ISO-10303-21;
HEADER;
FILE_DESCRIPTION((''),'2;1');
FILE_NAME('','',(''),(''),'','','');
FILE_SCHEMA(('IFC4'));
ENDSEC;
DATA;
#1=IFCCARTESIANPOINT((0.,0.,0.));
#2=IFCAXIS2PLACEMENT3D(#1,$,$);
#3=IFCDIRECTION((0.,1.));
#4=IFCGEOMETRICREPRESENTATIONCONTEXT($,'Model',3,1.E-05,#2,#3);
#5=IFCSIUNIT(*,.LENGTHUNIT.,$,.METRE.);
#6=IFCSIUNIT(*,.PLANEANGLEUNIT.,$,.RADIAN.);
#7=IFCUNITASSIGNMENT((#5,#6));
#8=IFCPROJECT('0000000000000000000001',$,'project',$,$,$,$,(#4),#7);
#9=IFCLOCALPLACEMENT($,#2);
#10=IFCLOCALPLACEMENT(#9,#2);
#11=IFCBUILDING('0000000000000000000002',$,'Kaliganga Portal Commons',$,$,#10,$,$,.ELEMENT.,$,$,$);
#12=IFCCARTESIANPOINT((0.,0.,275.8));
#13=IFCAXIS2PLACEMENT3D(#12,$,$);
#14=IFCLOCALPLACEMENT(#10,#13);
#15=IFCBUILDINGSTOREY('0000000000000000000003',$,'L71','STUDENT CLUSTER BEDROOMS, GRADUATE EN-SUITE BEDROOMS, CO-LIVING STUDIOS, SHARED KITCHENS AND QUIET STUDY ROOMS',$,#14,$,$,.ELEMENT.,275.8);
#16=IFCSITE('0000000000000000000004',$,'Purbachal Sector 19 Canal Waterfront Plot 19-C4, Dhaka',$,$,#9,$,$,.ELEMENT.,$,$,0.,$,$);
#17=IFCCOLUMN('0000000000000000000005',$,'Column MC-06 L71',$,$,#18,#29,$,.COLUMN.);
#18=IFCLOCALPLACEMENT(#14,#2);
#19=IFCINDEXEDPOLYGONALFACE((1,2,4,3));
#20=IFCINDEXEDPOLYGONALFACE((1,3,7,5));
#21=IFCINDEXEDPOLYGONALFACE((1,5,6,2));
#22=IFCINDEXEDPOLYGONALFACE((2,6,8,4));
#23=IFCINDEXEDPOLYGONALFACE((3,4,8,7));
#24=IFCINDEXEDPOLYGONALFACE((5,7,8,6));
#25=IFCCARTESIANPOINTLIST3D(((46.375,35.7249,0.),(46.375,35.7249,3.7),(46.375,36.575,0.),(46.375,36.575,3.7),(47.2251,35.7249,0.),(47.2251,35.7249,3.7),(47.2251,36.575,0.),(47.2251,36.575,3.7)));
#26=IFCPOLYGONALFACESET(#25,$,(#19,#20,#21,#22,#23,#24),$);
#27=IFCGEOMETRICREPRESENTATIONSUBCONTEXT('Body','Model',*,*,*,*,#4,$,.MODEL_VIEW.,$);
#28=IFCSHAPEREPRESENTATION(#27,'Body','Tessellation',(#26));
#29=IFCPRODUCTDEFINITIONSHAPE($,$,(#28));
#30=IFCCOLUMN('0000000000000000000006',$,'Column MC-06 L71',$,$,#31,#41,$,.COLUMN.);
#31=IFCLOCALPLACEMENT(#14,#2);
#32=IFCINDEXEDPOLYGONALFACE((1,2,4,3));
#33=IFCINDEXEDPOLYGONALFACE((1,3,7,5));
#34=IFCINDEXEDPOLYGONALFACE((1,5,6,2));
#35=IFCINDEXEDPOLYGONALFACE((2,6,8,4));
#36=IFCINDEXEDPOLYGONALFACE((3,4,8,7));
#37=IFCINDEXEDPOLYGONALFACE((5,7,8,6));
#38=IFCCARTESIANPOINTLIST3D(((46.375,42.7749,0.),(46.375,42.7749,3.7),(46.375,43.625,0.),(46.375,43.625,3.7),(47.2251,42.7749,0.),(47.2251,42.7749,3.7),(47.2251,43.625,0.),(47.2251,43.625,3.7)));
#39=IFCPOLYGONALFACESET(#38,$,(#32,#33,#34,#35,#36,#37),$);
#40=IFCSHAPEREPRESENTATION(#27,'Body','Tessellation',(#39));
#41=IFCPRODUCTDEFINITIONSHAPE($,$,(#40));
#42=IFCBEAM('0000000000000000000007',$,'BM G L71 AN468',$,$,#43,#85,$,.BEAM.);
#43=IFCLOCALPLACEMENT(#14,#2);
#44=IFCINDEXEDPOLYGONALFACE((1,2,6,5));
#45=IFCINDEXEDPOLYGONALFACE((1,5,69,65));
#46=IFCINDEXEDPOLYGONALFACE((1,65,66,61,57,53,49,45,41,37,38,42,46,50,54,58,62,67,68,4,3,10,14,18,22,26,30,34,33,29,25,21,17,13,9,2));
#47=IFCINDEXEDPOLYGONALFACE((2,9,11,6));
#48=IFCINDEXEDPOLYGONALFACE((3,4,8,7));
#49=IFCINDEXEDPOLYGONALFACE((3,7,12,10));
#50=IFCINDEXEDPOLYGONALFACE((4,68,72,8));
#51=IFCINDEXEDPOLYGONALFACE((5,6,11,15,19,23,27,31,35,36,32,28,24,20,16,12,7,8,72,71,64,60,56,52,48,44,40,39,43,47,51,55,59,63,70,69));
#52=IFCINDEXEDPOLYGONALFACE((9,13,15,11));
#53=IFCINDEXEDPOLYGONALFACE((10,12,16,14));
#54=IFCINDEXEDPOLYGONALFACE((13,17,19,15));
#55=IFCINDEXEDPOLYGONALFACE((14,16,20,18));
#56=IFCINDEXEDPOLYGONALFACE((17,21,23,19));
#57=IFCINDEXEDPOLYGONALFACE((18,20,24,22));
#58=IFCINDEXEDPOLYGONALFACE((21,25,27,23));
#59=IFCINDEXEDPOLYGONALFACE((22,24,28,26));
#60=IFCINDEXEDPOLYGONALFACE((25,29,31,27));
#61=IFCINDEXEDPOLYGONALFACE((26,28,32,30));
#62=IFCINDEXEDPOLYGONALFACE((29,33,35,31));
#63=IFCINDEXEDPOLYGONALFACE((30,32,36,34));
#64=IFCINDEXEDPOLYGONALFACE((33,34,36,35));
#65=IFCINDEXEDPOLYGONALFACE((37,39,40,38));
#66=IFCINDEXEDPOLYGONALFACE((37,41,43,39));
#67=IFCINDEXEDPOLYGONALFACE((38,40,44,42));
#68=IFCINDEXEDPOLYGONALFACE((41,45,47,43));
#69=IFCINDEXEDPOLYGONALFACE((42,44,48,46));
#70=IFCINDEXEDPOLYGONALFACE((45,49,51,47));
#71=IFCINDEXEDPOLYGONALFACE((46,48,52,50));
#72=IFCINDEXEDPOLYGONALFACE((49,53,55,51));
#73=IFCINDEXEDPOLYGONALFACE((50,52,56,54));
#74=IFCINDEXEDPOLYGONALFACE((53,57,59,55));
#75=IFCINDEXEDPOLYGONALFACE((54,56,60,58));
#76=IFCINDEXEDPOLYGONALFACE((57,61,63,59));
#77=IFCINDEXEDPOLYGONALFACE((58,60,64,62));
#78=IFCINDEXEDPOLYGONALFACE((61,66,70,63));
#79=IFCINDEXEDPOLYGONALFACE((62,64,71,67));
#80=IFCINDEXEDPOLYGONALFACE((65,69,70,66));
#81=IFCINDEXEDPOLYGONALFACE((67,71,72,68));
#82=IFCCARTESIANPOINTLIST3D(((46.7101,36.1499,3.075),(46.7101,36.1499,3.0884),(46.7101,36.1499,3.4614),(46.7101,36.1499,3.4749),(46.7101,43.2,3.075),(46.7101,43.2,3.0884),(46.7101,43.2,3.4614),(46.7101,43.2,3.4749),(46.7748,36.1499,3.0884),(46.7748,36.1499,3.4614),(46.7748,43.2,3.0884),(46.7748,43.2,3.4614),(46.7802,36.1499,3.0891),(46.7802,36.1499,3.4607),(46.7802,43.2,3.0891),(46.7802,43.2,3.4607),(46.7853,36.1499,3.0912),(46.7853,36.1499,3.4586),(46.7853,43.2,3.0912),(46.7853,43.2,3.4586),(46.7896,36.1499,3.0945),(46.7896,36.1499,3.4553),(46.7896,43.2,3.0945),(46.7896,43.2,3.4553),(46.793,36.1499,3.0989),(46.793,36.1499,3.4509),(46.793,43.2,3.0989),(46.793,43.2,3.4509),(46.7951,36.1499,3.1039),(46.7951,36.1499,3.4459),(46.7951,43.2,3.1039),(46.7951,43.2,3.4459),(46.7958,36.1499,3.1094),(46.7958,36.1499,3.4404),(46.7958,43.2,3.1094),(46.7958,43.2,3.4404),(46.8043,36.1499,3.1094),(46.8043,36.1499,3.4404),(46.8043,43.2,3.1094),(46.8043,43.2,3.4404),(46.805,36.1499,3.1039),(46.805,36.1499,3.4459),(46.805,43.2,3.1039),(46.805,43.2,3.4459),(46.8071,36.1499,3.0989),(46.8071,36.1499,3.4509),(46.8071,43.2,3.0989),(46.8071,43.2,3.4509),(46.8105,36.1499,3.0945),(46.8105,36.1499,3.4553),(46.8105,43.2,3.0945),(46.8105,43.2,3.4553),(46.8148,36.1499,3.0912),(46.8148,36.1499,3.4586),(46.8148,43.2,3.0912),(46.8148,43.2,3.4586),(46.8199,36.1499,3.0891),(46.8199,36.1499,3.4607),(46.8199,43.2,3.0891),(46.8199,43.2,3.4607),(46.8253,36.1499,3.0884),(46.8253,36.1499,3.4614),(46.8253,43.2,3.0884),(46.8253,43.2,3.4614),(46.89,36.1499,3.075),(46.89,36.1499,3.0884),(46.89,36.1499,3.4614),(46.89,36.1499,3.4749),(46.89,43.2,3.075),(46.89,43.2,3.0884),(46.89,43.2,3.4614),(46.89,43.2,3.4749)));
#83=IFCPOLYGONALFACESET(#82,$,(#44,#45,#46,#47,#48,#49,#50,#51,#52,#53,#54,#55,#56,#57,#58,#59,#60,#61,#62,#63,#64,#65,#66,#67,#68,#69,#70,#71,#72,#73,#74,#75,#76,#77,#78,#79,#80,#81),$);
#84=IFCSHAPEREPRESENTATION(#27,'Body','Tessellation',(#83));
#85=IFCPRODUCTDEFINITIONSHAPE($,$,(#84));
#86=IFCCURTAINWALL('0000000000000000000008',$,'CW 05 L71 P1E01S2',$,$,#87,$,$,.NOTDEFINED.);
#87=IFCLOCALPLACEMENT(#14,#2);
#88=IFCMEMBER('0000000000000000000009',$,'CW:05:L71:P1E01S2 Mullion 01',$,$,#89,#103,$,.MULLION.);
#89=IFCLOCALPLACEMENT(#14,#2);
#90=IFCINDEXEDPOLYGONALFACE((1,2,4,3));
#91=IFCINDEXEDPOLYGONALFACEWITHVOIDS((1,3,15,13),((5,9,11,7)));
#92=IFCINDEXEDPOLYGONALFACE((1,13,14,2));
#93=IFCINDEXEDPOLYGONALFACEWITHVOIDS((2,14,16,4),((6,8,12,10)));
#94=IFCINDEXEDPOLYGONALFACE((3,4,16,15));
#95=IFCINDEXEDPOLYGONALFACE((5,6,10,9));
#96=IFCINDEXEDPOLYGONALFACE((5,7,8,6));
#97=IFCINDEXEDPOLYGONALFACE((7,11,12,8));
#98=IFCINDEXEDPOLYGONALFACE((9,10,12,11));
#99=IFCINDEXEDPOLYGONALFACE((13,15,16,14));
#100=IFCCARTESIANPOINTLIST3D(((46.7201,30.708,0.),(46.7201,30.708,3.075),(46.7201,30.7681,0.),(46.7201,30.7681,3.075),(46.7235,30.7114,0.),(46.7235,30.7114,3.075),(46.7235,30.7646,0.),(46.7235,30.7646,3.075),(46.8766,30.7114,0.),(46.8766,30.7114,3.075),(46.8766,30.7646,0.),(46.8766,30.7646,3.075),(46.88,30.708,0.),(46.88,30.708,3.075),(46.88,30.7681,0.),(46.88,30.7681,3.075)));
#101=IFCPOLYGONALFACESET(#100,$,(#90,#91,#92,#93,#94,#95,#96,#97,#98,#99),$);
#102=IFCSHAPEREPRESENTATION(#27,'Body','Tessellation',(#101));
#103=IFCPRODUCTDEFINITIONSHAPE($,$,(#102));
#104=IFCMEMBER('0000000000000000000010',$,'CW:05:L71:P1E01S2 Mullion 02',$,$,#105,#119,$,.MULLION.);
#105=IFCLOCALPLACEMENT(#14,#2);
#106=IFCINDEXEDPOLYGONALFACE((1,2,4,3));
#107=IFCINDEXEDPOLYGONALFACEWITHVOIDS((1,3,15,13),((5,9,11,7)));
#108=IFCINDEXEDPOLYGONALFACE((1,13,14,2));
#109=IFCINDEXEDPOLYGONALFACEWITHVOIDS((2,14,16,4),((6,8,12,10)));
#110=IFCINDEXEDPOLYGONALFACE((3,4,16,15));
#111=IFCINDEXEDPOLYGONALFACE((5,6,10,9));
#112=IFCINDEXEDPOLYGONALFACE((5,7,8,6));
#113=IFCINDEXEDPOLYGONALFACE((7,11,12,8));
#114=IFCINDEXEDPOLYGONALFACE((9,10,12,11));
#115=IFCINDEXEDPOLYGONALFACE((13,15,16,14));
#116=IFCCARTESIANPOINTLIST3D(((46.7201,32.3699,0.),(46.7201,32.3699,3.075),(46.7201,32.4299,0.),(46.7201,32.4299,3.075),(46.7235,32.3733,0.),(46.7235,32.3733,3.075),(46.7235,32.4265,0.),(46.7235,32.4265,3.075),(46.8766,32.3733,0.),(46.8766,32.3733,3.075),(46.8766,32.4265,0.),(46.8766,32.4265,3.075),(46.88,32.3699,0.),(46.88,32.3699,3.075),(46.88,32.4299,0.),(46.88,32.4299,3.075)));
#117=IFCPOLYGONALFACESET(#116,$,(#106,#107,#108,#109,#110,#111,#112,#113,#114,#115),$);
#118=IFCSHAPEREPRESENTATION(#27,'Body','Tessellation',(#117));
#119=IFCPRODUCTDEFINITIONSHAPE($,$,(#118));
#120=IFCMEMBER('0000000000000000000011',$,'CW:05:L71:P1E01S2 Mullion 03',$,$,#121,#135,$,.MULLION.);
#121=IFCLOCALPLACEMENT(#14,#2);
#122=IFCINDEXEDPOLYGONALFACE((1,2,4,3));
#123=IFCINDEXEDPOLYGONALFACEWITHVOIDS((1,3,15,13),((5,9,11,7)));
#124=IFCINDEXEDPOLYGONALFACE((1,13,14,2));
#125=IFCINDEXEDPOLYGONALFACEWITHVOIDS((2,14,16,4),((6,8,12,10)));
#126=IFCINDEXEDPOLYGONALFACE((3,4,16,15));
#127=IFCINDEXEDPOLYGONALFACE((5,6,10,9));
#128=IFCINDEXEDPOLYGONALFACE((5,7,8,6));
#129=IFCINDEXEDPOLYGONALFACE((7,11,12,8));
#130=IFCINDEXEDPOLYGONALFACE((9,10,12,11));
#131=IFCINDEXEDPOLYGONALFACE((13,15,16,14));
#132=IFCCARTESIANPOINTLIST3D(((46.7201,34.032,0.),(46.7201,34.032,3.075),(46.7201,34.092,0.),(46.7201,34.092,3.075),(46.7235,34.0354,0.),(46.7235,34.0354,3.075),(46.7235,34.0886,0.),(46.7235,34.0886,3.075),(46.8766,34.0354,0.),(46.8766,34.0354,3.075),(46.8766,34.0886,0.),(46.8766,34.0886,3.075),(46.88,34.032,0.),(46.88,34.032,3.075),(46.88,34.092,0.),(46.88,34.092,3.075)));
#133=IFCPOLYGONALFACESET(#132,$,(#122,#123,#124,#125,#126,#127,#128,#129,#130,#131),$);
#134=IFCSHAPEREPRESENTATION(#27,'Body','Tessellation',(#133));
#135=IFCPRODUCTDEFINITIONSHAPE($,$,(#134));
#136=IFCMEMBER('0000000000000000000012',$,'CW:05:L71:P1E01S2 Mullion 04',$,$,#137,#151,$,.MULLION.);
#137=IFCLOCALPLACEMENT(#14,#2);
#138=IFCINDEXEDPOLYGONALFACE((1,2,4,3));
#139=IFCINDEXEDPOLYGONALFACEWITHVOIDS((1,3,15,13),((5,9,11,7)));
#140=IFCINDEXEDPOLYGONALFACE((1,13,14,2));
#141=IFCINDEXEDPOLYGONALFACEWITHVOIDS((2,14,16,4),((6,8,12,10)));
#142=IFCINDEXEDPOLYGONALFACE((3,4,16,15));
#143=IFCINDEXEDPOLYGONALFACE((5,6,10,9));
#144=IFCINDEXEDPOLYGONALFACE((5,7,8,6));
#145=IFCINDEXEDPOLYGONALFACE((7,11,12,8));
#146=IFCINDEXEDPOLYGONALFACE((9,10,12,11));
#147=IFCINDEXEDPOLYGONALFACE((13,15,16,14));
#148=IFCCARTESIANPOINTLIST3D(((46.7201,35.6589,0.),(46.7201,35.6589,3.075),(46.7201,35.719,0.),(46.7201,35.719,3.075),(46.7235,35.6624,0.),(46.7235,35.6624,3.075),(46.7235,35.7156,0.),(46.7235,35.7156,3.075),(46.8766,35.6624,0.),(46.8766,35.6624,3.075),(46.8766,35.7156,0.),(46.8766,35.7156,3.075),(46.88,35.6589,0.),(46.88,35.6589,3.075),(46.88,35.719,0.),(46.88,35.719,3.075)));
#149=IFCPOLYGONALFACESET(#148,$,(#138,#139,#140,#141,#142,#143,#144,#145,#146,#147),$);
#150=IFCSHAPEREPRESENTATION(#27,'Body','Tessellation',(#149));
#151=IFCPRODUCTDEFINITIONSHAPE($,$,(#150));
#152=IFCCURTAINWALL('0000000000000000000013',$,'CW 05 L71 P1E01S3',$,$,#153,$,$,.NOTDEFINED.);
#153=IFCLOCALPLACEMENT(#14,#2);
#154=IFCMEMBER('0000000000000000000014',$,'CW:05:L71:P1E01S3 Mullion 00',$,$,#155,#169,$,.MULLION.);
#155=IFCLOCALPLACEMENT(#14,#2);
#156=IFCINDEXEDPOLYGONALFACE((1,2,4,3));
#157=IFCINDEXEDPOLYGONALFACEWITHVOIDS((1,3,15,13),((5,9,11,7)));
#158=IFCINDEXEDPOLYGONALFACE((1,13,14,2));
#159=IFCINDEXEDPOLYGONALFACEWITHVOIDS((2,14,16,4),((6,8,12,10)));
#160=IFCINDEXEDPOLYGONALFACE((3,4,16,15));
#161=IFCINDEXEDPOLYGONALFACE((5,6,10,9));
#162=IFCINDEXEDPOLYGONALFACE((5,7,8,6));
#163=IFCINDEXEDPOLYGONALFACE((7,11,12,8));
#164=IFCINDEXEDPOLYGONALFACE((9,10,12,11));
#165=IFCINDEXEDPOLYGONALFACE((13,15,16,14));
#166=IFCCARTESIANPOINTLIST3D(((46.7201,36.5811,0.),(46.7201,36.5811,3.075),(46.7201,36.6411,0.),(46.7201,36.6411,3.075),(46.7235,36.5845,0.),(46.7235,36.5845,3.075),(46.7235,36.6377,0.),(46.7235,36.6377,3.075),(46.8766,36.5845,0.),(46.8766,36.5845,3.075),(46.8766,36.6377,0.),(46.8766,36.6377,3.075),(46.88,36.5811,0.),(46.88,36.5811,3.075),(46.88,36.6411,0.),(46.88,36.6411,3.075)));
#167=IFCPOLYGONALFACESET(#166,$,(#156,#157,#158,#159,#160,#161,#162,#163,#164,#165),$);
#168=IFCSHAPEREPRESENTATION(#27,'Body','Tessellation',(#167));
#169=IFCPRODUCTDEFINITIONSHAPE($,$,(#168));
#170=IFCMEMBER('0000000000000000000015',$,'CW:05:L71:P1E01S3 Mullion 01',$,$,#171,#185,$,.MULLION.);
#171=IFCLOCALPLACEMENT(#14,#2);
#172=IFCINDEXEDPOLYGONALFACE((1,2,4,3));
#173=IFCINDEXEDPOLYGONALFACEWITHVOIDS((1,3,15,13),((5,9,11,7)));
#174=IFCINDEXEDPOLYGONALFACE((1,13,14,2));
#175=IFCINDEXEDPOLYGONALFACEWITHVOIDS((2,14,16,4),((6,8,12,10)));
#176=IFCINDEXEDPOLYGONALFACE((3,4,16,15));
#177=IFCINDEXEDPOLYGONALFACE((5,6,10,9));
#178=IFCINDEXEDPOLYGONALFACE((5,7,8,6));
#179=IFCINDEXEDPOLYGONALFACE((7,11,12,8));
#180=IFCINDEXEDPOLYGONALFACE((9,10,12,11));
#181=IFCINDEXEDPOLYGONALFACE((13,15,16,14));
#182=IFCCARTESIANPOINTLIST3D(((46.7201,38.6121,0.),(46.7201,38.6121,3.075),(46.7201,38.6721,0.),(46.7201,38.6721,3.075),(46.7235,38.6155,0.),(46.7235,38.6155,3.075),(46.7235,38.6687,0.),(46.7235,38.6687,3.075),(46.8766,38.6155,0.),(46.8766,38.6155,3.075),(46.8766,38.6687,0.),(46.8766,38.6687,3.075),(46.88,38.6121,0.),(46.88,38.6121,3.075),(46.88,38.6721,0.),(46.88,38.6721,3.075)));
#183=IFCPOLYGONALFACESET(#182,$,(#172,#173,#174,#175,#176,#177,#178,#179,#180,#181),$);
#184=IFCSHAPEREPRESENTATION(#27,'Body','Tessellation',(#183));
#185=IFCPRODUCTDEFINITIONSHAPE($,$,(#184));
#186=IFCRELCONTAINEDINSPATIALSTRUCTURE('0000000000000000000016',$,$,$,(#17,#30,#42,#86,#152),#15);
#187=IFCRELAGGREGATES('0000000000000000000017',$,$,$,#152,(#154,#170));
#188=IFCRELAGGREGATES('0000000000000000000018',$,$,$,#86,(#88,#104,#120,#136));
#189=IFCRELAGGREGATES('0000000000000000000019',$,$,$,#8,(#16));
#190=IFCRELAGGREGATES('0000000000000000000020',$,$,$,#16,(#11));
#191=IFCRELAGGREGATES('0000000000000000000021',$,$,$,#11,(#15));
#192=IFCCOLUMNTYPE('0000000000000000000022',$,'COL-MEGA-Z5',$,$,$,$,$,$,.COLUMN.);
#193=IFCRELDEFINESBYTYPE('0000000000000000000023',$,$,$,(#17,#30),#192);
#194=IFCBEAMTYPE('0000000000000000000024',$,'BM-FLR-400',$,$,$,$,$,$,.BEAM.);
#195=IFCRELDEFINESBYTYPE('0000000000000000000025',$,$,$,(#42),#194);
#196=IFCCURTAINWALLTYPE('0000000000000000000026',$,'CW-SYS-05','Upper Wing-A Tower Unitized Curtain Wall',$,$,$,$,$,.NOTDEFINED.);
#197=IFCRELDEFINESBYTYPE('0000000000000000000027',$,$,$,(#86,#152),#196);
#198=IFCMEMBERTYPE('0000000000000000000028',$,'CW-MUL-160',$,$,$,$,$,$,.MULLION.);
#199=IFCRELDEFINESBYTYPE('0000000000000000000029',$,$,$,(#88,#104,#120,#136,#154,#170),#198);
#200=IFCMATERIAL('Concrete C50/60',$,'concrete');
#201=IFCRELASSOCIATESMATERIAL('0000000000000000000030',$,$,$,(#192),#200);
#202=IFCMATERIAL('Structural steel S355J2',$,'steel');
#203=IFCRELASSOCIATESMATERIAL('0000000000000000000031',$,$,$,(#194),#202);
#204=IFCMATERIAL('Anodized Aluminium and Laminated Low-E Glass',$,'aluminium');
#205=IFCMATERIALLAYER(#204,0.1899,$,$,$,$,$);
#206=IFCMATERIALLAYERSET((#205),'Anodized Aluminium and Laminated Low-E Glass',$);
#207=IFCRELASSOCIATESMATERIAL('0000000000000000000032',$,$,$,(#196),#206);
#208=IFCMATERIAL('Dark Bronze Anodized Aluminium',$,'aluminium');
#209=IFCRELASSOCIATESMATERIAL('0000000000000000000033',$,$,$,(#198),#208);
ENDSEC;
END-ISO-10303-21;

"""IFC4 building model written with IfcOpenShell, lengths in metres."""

from ifc_helpers import new_model, si_unit, direction, frame, origin, origin_2d, place, context, subcontext, project, spatial, rectangle, hollow_rectangle, i_section, extrude, source, transform, mapped, material, layer, layer_set, material_profile, profile_set, type_object, element, aggregate, save


model = new_model("IFC4")

# Units and contexts
model_context = context("Model", 3, precision=1e-05, world=origin(), true_north=direction((0.0, 1.0)))
body_context = subcontext(model_context, "Body", "Model", "MODEL_VIEW")
ifc_project = project(units=[si_unit("LENGTHUNIT", "METRE"), si_unit("PLANEANGLEUNIT", "RADIAN")], contexts=[model_context])

# Site, building, storey
site_placement = place(None, origin())
site = spatial("IfcSite", under=ifc_project, at=site_placement, Name="Purbachal Sector 19 Canal Waterfront Plot 19-C4, Dhaka", CompositionType="ELEMENT", RefElevation=0.0)
building_placement = place(site_placement, origin())
building = spatial("IfcBuilding", under=site, at=building_placement, Name="Kaliganga Portal Commons", CompositionType="ELEMENT")
storey_placement = place(building_placement, frame((0.0, 0.0, 275.8)))
storey = spatial("IfcBuildingStorey", under=building, at=storey_placement, Name="L71", Description="STUDENT CLUSTER BEDROOMS, GRADUATE EN-SUITE BEDROOMS, CO-LIVING STUDIOS, SHARED KITCHENS AND QUIET STUDY ROOMS", CompositionType="ELEMENT", Elevation=275.8)

# Columns
ifc_material_1 = material(Name="Concrete C50/60", Category="concrete")
ifc_material_profile_1 = material_profile(ifc_material_1, rectangle(XDim=0.8501, YDim=0.8501, at=origin_2d()), Name="RC 850x850")
ifc_profile_set_1 = profile_set([ifc_material_profile_1], Name="Concrete C50/60")
column_type = type_object("IfcColumnType", Name="COL-MEGA-Z5", PredefinedType="COLUMN", material=ifc_profile_set_1)
shared_shape_1 = source(origin(), body_context, "Body", "SweptSolid", [
    extrude(rectangle(XDim=0.8501, YDim=0.8501, at=origin_2d()), origin(), (0.0, 0.0, 1.0), 3.7),
])
for number, where, z_axis, x_axis, name in (
    (1, (46.8, 36.1499, 0.0), (0.0, 0.0, 1.0), (1.0, 0.0, 0.0), "Column MC-06 L71"),
    (2, (46.8, 43.2, 0.0), (0.0, 0.0, 1.0), (1.0, 0.0, 0.0), "Column MC-06 L71"),
):
    element("IfcColumn", number, at=place(storey_placement, frame(where, z_axis=z_axis, x_axis=x_axis)), inside=storey, type_object=column_type, Name=name, PredefinedType="COLUMN", context=body_context, shape_type="MappedRepresentation", body=[
        mapped(shared_shape_1, transform((0.0, 0.0, 0.0), x_axis=(1.0, 0.0, 0.0), y_axis=(0.0, 1.0, 0.0), z_axis=(0.0, 0.0, 1.0), scale=1.0)),
    ])

# Beam
ifc_material_2 = material(Name="Structural steel S355J2", Category="steel")
ifc_material_profile_2 = material_profile(ifc_material_2, i_section(OverallWidth=0.1799, OverallDepth=0.3999, WebThickness=0.0085, FlangeThickness=0.0134, FilletRadius=0.021, at=origin_2d()), Name="IPE 400")
ifc_profile_set_2 = profile_set([ifc_material_profile_2], Name="Structural steel S355J2 wide-flange")
beam_type = type_object("IfcBeamType", Name="BM-FLR-400", PredefinedType="BEAM", material=ifc_profile_set_2)
shared_shape_2 = source(origin(), body_context, "Body", "SweptSolid", [
    extrude(i_section(OverallWidth=0.1799, OverallDepth=0.3999, WebThickness=0.0085, FlangeThickness=0.0134, FilletRadius=0.021, at=origin_2d()), origin(), (0.0, 0.0, 1.0), 7.05),
])
beam_placement = place(storey_placement, frame((46.8, 36.1499, 3.2749), z_axis=(0.0, 1.0, 0.0), x_axis=(-1.0, 0.0, 0.0)))
element("IfcBeam", 3, at=beam_placement, inside=storey, type_object=beam_type, Name="BM G L71 AN468", PredefinedType="BEAM", context=body_context, shape_type="MappedRepresentation", body=[
    mapped(shared_shape_2, transform((0.0, 0.0, 0.0), x_axis=(1.0, 0.0, 0.0), y_axis=(0.0, 1.0, 0.0), z_axis=(0.0, 0.0, 1.0), scale=1.0)),
])

# Curtain wall, members
ifc_material_3 = material(Name="Anodized Aluminium and Laminated Low-E Glass", Category="aluminium")
ifc_layer_1 = layer(ifc_material_3, 0.1899)
ifc_layer_set_1 = layer_set([ifc_layer_1], Name="Anodized Aluminium and Laminated Low-E Glass")
curtain_wall_type = type_object("IfcCurtainWallType", Name="CW-SYS-05", Description="Upper Wing-A Tower Unitized Curtain Wall", PredefinedType="NOTDEFINED", material=ifc_layer_set_1)
curtain_wall_1_placement = place(storey_placement, origin())
curtain_wall_1 = element("IfcCurtainWall", 4, at=curtain_wall_1_placement, inside=storey, type_object=curtain_wall_type, Name="CW 05 L71 P1E01S2", PredefinedType="NOTDEFINED")
ifc_material_4 = material(Name="Dark Bronze Anodized Aluminium", Category="aluminium")
ifc_material_profile_3 = material_profile(ifc_material_4, hollow_rectangle(XDim=0.0601, YDim=0.1599, WallThickness=0.0034, at=origin_2d()), Name="ALU MULL 60x160x3.5")
ifc_profile_set_3 = profile_set([ifc_material_profile_3], Name="Dark Bronze Anodized Aluminium")
member_type_1 = type_object("IfcMemberType", Name="CW-MUL-160", PredefinedType="MULLION", material=ifc_profile_set_3)
shared_shape_3 = source(origin(), body_context, "Body", "SweptSolid", [
    extrude(hollow_rectangle(XDim=0.0601, YDim=0.1599, WallThickness=0.0034, at=origin_2d()), origin(), (0.0, 0.0, 1.0), 3.075),
])
member_1_placement = place(storey_placement, frame((46.8, 30.738, 0.0), z_axis=(0.0, 0.0, 1.0), x_axis=(0.0, 1.0, 0.0)))
member_1 = element("IfcMember", 5, at=member_1_placement, type_object=member_type_1, Name="CW:05:L71:P1E01S2 Mullion 01", PredefinedType="MULLION", context=body_context, shape_type="MappedRepresentation", body=[
    mapped(shared_shape_3, transform((0.0, 0.0, 0.0), x_axis=(1.0, 0.0, 0.0), y_axis=(0.0, 1.0, 0.0), z_axis=(0.0, 0.0, 1.0), scale=1.0)),
])
member_2_placement = place(storey_placement, frame((46.8, 32.3999, 0.0), z_axis=(0.0, 0.0, 1.0), x_axis=(0.0, 1.0, 0.0)))
member_2 = element("IfcMember", 6, at=member_2_placement, type_object=member_type_1, Name="CW:05:L71:P1E01S2 Mullion 02", PredefinedType="MULLION", context=body_context, shape_type="MappedRepresentation", body=[
    mapped(shared_shape_3, transform((0.0, 0.0, 0.0), x_axis=(1.0, 0.0, 0.0), y_axis=(0.0, 1.0, 0.0), z_axis=(0.0, 0.0, 1.0), scale=1.0)),
])
member_3_placement = place(storey_placement, frame((46.8, 34.062, 0.0), z_axis=(0.0, 0.0, 1.0), x_axis=(0.0, 1.0, 0.0)))
member_3 = element("IfcMember", 7, at=member_3_placement, type_object=member_type_1, Name="CW:05:L71:P1E01S2 Mullion 03", PredefinedType="MULLION", context=body_context, shape_type="MappedRepresentation", body=[
    mapped(shared_shape_3, transform((0.0, 0.0, 0.0), x_axis=(1.0, 0.0, 0.0), y_axis=(0.0, 1.0, 0.0), z_axis=(0.0, 0.0, 1.0), scale=1.0)),
])
member_4_placement = place(storey_placement, frame((46.8, 35.689, 0.0), z_axis=(0.0, 0.0, 1.0), x_axis=(0.0, 1.0, 0.0)))
member_4 = element("IfcMember", 8, at=member_4_placement, type_object=member_type_1, Name="CW:05:L71:P1E01S2 Mullion 04", PredefinedType="MULLION", context=body_context, shape_type="MappedRepresentation", body=[
    mapped(shared_shape_3, transform((0.0, 0.0, 0.0), x_axis=(1.0, 0.0, 0.0), y_axis=(0.0, 1.0, 0.0), z_axis=(0.0, 0.0, 1.0), scale=1.0)),
])

# Curtain wall, members
curtain_wall_2_placement = place(storey_placement, origin())
curtain_wall_2 = element("IfcCurtainWall", 9, at=curtain_wall_2_placement, inside=storey, type_object=curtain_wall_type, Name="CW 05 L71 P1E01S3", PredefinedType="NOTDEFINED")
member_5_placement = place(storey_placement, frame((46.8, 36.6111, 0.0), z_axis=(0.0, 0.0, 1.0), x_axis=(0.0, 1.0, 0.0)))
member_5 = element("IfcMember", 10, at=member_5_placement, type_object=member_type_1, Name="CW:05:L71:P1E01S3 Mullion 00", PredefinedType="MULLION", context=body_context, shape_type="MappedRepresentation", body=[
    mapped(shared_shape_3, transform((0.0, 0.0, 0.0), x_axis=(1.0, 0.0, 0.0), y_axis=(0.0, 1.0, 0.0), z_axis=(0.0, 0.0, 1.0), scale=1.0)),
])
member_6_placement = place(storey_placement, frame((46.8, 38.6421, 0.0), z_axis=(0.0, 0.0, 1.0), x_axis=(0.0, 1.0, 0.0)))
member_6 = element("IfcMember", 11, at=member_6_placement, type_object=member_type_1, Name="CW:05:L71:P1E01S3 Mullion 01", PredefinedType="MULLION", context=body_context, shape_type="MappedRepresentation", body=[
    mapped(shared_shape_3, transform((0.0, 0.0, 0.0), x_axis=(1.0, 0.0, 0.0), y_axis=(0.0, 1.0, 0.0), z_axis=(0.0, 0.0, 1.0), scale=1.0)),
])
aggregate(curtain_wall_2, [member_5, member_6])

aggregate(curtain_wall_1, [member_1, member_2, member_3, member_4])

save(model, "model.ifc")
